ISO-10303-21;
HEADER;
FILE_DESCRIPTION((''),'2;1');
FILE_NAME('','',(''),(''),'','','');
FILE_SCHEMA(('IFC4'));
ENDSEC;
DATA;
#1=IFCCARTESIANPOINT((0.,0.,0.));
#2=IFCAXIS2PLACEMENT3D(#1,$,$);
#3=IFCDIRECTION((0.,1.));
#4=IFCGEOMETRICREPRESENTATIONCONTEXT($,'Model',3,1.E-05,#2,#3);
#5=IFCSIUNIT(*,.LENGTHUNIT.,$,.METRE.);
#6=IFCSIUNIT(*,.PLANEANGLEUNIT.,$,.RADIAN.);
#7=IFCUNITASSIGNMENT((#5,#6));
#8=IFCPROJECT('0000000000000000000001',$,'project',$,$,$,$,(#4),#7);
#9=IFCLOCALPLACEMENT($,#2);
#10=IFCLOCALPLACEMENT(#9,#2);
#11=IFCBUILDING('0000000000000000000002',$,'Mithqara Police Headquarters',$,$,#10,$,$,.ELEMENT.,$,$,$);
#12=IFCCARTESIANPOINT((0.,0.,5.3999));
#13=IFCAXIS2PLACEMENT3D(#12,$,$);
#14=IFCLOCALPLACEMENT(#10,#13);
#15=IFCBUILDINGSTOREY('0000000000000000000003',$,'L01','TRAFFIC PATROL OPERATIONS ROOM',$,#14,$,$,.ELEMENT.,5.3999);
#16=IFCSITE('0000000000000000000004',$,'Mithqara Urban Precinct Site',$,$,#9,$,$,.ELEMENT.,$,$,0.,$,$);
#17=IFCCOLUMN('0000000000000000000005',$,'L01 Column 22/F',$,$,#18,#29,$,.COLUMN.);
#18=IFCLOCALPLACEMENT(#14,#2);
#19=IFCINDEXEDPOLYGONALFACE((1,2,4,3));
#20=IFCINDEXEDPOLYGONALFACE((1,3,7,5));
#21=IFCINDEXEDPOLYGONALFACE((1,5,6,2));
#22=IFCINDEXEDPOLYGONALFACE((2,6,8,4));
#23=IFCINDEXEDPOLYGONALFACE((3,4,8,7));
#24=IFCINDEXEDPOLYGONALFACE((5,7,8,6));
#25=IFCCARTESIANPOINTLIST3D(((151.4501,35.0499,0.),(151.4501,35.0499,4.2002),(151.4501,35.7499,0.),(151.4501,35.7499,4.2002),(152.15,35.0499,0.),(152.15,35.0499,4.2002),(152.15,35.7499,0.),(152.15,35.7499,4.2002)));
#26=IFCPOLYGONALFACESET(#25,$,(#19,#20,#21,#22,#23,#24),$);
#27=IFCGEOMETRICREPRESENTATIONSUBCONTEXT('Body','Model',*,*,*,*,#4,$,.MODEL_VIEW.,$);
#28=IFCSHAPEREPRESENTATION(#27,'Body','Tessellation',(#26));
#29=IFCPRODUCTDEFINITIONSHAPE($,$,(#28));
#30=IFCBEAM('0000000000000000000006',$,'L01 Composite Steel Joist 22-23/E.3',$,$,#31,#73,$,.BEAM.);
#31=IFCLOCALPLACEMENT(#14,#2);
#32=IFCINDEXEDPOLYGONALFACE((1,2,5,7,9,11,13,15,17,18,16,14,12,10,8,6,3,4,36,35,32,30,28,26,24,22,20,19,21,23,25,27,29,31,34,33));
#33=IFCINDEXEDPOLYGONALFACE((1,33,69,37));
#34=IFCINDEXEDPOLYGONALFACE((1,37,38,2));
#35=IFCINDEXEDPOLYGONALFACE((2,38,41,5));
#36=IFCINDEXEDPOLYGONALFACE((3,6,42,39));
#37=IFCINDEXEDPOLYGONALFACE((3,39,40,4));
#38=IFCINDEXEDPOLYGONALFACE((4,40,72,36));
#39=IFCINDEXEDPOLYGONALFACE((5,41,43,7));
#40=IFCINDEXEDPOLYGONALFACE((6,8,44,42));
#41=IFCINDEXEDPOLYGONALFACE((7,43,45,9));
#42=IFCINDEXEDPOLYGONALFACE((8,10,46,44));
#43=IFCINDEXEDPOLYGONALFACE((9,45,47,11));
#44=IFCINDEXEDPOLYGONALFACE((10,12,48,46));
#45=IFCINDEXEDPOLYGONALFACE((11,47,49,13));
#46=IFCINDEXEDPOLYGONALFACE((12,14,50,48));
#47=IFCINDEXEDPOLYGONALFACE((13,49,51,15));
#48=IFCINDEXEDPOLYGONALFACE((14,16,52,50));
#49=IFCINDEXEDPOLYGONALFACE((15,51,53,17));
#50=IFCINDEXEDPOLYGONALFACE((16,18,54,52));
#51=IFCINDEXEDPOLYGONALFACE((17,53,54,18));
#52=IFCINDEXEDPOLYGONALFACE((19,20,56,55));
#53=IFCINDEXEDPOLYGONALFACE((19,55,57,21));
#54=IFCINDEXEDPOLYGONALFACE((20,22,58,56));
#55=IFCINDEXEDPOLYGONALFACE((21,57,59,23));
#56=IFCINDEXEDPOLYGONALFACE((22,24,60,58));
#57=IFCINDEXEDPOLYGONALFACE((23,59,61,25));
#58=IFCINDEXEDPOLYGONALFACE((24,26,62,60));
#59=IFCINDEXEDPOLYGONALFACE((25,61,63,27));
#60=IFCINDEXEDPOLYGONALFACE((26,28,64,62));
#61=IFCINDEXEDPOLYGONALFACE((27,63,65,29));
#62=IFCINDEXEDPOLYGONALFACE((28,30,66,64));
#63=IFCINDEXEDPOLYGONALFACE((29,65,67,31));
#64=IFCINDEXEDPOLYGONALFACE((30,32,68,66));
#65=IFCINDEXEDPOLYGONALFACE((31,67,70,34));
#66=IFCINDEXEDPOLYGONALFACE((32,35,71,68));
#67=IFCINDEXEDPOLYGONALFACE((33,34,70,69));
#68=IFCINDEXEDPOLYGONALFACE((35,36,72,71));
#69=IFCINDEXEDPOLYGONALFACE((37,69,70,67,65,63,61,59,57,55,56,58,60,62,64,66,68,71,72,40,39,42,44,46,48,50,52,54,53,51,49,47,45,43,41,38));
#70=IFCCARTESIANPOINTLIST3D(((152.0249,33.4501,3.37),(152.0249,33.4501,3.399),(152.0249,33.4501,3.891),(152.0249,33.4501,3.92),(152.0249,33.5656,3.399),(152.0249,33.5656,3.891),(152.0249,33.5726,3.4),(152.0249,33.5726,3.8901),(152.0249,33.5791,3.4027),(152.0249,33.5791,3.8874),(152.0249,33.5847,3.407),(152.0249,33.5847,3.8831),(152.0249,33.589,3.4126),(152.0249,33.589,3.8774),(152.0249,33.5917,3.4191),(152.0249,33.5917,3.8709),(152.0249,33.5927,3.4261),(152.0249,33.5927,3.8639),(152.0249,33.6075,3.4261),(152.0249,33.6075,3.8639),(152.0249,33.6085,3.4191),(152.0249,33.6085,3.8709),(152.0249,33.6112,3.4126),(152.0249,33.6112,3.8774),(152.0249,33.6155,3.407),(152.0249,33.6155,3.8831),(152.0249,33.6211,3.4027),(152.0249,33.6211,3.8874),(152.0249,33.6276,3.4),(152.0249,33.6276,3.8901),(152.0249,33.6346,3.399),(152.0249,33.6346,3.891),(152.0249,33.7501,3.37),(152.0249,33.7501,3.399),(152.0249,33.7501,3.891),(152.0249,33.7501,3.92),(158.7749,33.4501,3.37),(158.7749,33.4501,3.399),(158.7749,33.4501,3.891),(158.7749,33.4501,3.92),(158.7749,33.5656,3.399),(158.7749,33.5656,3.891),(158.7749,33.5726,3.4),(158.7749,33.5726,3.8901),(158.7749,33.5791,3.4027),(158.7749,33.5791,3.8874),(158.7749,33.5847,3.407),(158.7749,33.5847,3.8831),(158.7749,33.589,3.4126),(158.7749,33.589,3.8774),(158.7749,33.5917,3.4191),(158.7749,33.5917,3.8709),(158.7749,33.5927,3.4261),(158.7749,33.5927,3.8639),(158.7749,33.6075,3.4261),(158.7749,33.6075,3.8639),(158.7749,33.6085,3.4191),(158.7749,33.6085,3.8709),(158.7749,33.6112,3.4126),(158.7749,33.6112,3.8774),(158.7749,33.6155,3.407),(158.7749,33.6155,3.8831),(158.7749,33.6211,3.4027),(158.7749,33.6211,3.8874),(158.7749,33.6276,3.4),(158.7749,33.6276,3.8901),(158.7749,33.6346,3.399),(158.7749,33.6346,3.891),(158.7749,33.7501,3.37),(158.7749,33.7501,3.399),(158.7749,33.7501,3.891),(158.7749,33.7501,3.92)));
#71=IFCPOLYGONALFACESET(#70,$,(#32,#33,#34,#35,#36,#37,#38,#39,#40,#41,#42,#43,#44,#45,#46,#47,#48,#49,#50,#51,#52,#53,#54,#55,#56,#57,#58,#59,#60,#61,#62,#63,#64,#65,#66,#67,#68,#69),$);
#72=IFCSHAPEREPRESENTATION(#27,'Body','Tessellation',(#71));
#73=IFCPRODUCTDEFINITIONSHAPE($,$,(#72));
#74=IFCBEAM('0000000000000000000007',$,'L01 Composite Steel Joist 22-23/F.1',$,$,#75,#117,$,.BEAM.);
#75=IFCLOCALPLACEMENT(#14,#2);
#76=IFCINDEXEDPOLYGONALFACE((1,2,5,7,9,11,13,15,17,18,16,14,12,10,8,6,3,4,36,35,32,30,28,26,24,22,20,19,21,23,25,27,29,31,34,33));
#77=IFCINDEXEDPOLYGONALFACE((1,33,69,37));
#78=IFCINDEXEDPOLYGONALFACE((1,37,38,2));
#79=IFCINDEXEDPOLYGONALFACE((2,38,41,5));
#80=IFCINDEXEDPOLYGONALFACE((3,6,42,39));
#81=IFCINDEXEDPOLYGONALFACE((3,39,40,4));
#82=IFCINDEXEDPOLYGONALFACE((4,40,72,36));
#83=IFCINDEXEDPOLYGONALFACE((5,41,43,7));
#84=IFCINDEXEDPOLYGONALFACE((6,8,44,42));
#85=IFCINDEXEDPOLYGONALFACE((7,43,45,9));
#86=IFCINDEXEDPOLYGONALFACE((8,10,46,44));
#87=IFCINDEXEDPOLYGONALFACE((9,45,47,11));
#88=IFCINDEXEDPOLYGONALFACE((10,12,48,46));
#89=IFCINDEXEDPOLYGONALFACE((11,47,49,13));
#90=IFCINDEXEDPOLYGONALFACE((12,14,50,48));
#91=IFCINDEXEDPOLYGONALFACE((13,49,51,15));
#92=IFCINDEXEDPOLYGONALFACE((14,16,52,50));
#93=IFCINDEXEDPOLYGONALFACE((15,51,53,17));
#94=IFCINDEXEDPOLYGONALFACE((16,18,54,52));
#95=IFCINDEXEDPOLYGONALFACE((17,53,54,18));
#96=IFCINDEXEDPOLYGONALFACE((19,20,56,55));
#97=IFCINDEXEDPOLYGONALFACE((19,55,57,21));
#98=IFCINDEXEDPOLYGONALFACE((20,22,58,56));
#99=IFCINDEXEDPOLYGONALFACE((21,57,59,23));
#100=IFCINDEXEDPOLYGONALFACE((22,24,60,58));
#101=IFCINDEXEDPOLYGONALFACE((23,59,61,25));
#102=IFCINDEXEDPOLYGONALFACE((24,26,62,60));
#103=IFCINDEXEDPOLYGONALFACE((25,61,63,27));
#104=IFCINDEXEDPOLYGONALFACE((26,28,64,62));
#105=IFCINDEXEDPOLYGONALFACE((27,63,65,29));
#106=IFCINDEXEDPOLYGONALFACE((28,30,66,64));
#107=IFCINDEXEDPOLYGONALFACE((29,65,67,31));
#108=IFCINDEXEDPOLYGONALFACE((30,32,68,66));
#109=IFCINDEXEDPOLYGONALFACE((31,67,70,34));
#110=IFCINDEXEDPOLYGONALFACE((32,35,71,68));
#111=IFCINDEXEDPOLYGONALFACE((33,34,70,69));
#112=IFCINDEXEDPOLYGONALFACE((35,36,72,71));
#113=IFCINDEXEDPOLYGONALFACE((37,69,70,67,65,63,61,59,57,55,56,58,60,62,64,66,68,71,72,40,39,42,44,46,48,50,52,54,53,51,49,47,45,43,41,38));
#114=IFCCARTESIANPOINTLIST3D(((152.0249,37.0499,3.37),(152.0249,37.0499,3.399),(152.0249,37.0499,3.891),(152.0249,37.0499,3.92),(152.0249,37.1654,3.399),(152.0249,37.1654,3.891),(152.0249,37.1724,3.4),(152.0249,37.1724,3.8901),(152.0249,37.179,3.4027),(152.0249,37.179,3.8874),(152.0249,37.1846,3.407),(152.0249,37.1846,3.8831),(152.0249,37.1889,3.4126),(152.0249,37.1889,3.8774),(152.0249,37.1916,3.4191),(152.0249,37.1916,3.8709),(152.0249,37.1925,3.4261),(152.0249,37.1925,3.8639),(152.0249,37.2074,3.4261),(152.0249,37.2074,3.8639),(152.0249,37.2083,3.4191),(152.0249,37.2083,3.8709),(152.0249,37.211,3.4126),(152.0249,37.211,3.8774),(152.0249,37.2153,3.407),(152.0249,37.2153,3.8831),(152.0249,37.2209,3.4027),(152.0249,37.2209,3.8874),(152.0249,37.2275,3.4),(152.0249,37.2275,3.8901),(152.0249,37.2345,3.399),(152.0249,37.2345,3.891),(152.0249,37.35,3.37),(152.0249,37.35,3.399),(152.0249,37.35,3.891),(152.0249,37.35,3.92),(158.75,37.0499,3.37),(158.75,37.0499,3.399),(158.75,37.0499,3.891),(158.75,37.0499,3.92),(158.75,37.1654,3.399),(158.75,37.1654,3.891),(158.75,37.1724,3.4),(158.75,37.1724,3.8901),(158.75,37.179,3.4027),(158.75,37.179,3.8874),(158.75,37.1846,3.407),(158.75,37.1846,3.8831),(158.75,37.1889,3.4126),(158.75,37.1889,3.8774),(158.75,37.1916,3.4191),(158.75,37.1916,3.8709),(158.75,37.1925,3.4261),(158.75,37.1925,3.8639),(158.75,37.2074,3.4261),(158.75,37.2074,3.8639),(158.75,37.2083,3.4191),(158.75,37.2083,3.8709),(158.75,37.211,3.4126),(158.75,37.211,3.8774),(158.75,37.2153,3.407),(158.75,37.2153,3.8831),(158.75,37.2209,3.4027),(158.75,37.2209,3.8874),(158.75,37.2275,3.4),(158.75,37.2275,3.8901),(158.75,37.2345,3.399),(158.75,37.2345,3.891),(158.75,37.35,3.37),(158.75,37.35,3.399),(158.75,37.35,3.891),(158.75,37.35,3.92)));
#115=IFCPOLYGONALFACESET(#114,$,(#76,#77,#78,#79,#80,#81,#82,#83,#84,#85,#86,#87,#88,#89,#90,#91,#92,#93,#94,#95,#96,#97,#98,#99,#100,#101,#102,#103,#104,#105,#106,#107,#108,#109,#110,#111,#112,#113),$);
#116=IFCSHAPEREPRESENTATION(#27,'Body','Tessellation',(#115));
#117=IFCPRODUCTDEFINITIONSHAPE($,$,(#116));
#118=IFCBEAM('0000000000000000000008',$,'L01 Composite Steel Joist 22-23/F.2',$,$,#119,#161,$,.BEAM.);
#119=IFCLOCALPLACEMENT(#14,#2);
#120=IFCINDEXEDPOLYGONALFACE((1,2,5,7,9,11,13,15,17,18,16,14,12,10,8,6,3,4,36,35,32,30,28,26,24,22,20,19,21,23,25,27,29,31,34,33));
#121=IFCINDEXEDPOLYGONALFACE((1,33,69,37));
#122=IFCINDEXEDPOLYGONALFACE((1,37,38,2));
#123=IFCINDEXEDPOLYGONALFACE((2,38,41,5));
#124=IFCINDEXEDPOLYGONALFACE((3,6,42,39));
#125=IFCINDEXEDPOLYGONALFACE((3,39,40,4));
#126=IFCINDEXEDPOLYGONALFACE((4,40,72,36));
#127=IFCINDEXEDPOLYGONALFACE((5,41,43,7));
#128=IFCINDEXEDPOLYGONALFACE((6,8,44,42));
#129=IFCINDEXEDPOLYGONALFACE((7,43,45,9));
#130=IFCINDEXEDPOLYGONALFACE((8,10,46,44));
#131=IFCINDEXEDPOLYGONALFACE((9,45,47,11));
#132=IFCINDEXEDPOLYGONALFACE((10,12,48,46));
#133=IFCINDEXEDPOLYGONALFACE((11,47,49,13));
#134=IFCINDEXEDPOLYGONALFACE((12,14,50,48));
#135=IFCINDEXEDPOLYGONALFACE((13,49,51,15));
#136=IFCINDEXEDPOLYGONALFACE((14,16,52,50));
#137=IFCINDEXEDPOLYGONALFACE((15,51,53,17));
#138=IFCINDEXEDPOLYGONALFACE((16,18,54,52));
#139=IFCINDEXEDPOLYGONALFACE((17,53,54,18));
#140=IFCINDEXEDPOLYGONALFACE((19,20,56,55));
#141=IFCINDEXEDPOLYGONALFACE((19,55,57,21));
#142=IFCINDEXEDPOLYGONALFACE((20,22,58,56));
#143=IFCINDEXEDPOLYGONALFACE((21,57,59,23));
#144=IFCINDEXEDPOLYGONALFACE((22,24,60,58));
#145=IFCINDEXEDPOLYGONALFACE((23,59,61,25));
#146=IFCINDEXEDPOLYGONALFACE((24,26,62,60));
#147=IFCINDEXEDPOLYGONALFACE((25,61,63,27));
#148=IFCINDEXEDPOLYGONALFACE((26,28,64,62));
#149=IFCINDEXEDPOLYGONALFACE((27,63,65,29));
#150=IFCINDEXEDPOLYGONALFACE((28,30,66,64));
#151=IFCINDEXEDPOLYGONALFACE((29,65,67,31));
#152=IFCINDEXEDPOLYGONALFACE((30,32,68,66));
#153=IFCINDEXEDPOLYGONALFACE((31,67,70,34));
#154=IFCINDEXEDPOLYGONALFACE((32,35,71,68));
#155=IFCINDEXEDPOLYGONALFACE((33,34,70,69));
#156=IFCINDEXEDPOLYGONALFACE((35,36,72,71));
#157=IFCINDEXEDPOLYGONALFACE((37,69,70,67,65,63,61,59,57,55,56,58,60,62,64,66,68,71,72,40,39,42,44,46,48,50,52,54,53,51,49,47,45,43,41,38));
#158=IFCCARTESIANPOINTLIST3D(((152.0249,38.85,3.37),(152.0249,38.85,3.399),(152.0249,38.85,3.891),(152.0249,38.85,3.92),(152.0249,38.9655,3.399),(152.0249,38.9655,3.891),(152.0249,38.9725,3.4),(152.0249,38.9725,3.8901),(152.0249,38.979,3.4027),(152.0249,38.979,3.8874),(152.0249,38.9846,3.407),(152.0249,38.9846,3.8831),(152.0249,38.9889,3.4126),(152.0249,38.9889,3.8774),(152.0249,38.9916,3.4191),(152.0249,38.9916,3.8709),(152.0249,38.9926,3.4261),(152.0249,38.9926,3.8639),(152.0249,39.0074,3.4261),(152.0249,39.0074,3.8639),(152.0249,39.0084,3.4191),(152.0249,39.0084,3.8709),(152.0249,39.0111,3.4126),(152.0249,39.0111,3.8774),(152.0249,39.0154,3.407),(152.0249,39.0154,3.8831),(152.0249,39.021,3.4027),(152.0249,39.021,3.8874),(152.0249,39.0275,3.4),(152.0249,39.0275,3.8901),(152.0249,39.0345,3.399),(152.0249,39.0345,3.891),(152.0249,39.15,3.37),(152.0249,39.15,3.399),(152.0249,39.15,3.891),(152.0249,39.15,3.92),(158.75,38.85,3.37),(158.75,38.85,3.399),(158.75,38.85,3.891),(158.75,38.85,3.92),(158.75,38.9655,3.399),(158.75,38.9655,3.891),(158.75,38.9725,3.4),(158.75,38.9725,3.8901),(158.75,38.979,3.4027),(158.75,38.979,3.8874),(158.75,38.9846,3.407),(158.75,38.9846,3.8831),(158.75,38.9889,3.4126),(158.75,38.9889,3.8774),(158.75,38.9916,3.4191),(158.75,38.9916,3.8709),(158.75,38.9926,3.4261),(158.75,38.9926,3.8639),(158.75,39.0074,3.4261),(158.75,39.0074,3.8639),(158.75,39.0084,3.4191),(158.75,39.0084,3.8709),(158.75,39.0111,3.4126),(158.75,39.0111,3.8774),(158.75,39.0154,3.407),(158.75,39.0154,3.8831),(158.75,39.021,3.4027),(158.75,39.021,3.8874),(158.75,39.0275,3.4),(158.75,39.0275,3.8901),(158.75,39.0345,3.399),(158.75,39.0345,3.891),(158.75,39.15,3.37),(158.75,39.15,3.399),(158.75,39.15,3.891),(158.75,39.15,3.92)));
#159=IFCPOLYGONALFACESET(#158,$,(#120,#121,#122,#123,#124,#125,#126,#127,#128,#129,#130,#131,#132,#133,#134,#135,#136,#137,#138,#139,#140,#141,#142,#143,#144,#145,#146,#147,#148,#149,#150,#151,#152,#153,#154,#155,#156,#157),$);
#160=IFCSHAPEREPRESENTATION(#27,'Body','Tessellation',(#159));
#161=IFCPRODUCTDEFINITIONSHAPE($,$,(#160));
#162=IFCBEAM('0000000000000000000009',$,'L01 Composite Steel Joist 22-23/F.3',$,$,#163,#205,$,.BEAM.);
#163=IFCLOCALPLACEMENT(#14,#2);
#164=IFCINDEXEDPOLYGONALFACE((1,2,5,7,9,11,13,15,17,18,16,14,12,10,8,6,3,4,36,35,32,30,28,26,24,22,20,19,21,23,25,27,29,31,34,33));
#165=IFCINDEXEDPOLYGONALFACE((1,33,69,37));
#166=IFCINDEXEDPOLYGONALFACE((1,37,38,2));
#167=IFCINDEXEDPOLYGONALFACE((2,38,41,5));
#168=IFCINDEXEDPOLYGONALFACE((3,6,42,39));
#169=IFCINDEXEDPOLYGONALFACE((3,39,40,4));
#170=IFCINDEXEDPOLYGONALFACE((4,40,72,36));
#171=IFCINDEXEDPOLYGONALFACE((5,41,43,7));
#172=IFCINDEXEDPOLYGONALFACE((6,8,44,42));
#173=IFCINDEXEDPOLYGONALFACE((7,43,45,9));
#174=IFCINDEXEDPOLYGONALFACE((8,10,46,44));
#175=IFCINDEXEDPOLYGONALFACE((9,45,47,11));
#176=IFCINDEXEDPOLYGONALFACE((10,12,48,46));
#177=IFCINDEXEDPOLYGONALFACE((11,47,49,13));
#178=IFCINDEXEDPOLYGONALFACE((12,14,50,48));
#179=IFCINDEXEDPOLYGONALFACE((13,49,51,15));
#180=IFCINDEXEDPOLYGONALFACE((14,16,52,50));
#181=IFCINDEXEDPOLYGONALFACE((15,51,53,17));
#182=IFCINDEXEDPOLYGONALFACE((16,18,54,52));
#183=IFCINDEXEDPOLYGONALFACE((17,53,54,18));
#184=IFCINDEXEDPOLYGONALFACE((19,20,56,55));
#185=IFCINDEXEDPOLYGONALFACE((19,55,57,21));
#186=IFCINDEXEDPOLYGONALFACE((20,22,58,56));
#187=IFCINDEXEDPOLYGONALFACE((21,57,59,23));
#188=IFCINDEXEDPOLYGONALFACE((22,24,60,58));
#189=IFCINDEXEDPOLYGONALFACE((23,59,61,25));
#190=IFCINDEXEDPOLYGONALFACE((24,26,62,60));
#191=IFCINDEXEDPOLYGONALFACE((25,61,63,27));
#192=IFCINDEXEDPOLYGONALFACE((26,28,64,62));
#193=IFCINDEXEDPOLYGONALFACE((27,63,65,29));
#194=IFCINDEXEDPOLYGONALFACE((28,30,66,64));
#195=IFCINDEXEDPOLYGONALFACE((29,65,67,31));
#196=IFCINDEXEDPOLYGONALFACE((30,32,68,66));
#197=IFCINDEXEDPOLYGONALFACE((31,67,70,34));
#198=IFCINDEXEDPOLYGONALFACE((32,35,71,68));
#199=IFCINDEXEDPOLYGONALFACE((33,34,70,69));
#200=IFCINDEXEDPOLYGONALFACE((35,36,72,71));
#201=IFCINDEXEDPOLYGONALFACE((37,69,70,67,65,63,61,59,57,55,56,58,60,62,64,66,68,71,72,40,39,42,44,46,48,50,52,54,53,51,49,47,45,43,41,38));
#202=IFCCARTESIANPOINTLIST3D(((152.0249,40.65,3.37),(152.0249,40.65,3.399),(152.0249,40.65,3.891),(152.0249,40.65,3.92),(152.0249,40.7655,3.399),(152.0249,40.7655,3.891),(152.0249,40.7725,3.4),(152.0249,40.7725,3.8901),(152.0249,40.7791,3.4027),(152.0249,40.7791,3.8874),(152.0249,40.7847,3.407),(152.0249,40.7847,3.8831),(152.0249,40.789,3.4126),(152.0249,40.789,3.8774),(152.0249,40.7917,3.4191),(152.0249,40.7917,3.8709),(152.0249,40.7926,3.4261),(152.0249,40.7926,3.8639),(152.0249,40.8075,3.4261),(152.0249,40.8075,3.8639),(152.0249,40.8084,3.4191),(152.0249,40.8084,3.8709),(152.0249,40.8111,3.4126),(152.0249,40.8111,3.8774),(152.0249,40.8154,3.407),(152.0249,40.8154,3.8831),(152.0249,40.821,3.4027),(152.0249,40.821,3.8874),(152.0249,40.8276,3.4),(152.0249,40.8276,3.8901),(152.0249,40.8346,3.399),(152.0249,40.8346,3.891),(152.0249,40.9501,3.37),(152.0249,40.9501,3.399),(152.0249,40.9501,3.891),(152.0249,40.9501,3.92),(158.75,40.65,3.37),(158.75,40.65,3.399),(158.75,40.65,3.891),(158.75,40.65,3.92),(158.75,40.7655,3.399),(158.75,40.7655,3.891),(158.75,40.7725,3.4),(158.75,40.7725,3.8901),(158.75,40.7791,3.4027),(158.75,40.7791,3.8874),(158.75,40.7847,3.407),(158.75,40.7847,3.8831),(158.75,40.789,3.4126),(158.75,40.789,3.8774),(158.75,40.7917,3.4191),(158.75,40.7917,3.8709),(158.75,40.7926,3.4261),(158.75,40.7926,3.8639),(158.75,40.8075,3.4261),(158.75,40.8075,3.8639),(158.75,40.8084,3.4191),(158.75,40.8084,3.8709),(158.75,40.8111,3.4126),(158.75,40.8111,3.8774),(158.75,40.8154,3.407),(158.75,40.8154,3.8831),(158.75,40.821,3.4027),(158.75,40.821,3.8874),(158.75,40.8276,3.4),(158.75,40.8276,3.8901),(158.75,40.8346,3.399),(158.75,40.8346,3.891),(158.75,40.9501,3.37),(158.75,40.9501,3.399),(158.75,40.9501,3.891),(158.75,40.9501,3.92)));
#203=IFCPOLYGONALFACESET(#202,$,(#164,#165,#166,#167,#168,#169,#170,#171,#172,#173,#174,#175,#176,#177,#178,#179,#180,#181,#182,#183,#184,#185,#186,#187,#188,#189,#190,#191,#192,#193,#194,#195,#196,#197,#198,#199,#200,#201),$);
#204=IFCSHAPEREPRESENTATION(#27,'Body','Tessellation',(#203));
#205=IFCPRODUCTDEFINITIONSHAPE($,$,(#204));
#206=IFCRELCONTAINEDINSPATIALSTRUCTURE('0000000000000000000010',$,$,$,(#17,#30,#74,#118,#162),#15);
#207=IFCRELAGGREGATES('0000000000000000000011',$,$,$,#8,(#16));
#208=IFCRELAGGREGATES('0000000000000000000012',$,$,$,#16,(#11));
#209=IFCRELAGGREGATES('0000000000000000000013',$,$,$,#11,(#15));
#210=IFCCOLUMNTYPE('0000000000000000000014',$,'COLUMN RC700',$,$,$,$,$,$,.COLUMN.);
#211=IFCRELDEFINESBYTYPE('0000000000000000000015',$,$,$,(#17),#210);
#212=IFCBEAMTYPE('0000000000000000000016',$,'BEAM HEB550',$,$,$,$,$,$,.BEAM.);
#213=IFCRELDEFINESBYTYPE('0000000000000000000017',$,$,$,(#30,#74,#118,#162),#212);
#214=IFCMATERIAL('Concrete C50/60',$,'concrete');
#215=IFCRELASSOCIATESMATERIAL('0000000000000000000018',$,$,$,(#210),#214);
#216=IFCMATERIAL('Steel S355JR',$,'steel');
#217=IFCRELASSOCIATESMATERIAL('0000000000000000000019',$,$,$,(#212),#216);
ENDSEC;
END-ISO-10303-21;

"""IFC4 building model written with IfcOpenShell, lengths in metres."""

from ifc_helpers import new_model, si_unit, direction, frame, origin, origin_2d, place, context, subcontext, project, spatial, rectangle, i_section, extrude, material, material_profile, profile_set, type_object, element, save


model = new_model("IFC4")

# Units and contexts
model_context = context("Model", 3, precision=1e-05, world=origin(), true_north=direction((0.0, 1.0)))
body_context = subcontext(model_context, "Body", "Model", "MODEL_VIEW")
ifc_project = project(units=[si_unit("LENGTHUNIT", "METRE"), si_unit("PLANEANGLEUNIT", "RADIAN")], contexts=[model_context])

# Site, building, storey
site_placement = place(None, origin())
site = spatial("IfcSite", under=ifc_project, at=site_placement, Name="Mithqara Urban Precinct Site", CompositionType="ELEMENT", RefElevation=0.0)
building_placement = place(site_placement, origin())
building = spatial("IfcBuilding", under=site, at=building_placement, Name="Mithqara Police Headquarters", CompositionType="ELEMENT")
storey_placement = place(building_placement, frame((0.0, 0.0, 5.3999)))
storey = spatial("IfcBuildingStorey", under=building, at=storey_placement, Name="L01", Description="TRAFFIC PATROL OPERATIONS ROOM", CompositionType="ELEMENT", Elevation=5.3999)

# Column
ifc_material_1 = material(Name="Concrete C50/60", Category="concrete")
ifc_material_profile_1 = material_profile(ifc_material_1, rectangle(XDim=0.7, YDim=0.7, at=origin_2d()), Name="RC 700x700")
ifc_profile_set_1 = profile_set([ifc_material_profile_1], Name="Concrete C50/60")
column_type = type_object("IfcColumnType", Name="COLUMN RC700", PredefinedType="COLUMN", material=ifc_profile_set_1)
column_placement = place(storey_placement, frame((151.8, 35.3999, 0.0), z_axis=(0.0, 0.0, 1.0), x_axis=(1.0, 0.0, 0.0)))
element("IfcColumn", 1, at=column_placement, inside=storey, type_object=column_type, Name="L01 Column 22/F", PredefinedType="COLUMN", context=body_context, shape_type="SweptSolid", body=[
    extrude(rectangle(XDim=0.7, YDim=0.7, at=origin_2d()), origin(), (0.0, 0.0, 1.0), 4.2002),
])

# Beams
ifc_material_2 = material(Name="Steel S355JR", Category="steel")
ifc_material_profile_2 = material_profile(ifc_material_2, i_section(OverallWidth=0.3, OverallDepth=0.55, WebThickness=0.0149, FlangeThickness=0.0291, FilletRadius=0.0271, at=origin_2d()), Name="HEB 550")
ifc_profile_set_2 = profile_set([ifc_material_profile_2], Name="Steel S355JR")
beam_type_1 = type_object("IfcBeamType", Name="BEAM HEB550", PredefinedType="BEAM", material=ifc_profile_set_2)
beam_1_placement = place(storey_placement, frame((152.0249, 33.6001, 3.645), z_axis=(1.0, 0.0, 0.0), x_axis=(0.0, 1.0, 0.0)))
element("IfcBeam", 2, at=beam_1_placement, inside=storey, type_object=beam_type_1, Name="L01 Composite Steel Joist 22-23/E.3", PredefinedType="BEAM", context=body_context, shape_type="SweptSolid", body=[
    extrude(i_section(OverallWidth=0.3, OverallDepth=0.55, WebThickness=0.0149, FlangeThickness=0.0291, FilletRadius=0.0271, at=origin_2d()), origin(), (0.0, 0.0, 1.0), 6.75),
])
for number, where, z_axis, x_axis, name in (
    (3, (152.0249, 37.2, 3.645), (1.0, 0.0, 0.0), (0.0, 1.0, 0.0), "L01 Composite Steel Joist 22-23/F.1"),
    (4, (152.0249, 39.0, 3.645), (1.0, 0.0, 0.0), (0.0, 1.0, 0.0), "L01 Composite Steel Joist 22-23/F.2"),
    (5, (152.0249, 40.8, 3.645), (1.0, 0.0, 0.0), (0.0, 1.0, 0.0), "L01 Composite Steel Joist 22-23/F.3"),
):
    element("IfcBeam", number, at=place(storey_placement, frame(where, z_axis=z_axis, x_axis=x_axis)), inside=storey, type_object=beam_type_1, Name=name, PredefinedType="BEAM", context=body_context, shape_type="SweptSolid", body=[
        extrude(i_section(OverallWidth=0.3, OverallDepth=0.55, WebThickness=0.0149, FlangeThickness=0.0291, FilletRadius=0.0271, at=origin_2d()), origin(), (0.0, 0.0, 1.0), 6.7251),
    ])

save(model, "model.ifc")
